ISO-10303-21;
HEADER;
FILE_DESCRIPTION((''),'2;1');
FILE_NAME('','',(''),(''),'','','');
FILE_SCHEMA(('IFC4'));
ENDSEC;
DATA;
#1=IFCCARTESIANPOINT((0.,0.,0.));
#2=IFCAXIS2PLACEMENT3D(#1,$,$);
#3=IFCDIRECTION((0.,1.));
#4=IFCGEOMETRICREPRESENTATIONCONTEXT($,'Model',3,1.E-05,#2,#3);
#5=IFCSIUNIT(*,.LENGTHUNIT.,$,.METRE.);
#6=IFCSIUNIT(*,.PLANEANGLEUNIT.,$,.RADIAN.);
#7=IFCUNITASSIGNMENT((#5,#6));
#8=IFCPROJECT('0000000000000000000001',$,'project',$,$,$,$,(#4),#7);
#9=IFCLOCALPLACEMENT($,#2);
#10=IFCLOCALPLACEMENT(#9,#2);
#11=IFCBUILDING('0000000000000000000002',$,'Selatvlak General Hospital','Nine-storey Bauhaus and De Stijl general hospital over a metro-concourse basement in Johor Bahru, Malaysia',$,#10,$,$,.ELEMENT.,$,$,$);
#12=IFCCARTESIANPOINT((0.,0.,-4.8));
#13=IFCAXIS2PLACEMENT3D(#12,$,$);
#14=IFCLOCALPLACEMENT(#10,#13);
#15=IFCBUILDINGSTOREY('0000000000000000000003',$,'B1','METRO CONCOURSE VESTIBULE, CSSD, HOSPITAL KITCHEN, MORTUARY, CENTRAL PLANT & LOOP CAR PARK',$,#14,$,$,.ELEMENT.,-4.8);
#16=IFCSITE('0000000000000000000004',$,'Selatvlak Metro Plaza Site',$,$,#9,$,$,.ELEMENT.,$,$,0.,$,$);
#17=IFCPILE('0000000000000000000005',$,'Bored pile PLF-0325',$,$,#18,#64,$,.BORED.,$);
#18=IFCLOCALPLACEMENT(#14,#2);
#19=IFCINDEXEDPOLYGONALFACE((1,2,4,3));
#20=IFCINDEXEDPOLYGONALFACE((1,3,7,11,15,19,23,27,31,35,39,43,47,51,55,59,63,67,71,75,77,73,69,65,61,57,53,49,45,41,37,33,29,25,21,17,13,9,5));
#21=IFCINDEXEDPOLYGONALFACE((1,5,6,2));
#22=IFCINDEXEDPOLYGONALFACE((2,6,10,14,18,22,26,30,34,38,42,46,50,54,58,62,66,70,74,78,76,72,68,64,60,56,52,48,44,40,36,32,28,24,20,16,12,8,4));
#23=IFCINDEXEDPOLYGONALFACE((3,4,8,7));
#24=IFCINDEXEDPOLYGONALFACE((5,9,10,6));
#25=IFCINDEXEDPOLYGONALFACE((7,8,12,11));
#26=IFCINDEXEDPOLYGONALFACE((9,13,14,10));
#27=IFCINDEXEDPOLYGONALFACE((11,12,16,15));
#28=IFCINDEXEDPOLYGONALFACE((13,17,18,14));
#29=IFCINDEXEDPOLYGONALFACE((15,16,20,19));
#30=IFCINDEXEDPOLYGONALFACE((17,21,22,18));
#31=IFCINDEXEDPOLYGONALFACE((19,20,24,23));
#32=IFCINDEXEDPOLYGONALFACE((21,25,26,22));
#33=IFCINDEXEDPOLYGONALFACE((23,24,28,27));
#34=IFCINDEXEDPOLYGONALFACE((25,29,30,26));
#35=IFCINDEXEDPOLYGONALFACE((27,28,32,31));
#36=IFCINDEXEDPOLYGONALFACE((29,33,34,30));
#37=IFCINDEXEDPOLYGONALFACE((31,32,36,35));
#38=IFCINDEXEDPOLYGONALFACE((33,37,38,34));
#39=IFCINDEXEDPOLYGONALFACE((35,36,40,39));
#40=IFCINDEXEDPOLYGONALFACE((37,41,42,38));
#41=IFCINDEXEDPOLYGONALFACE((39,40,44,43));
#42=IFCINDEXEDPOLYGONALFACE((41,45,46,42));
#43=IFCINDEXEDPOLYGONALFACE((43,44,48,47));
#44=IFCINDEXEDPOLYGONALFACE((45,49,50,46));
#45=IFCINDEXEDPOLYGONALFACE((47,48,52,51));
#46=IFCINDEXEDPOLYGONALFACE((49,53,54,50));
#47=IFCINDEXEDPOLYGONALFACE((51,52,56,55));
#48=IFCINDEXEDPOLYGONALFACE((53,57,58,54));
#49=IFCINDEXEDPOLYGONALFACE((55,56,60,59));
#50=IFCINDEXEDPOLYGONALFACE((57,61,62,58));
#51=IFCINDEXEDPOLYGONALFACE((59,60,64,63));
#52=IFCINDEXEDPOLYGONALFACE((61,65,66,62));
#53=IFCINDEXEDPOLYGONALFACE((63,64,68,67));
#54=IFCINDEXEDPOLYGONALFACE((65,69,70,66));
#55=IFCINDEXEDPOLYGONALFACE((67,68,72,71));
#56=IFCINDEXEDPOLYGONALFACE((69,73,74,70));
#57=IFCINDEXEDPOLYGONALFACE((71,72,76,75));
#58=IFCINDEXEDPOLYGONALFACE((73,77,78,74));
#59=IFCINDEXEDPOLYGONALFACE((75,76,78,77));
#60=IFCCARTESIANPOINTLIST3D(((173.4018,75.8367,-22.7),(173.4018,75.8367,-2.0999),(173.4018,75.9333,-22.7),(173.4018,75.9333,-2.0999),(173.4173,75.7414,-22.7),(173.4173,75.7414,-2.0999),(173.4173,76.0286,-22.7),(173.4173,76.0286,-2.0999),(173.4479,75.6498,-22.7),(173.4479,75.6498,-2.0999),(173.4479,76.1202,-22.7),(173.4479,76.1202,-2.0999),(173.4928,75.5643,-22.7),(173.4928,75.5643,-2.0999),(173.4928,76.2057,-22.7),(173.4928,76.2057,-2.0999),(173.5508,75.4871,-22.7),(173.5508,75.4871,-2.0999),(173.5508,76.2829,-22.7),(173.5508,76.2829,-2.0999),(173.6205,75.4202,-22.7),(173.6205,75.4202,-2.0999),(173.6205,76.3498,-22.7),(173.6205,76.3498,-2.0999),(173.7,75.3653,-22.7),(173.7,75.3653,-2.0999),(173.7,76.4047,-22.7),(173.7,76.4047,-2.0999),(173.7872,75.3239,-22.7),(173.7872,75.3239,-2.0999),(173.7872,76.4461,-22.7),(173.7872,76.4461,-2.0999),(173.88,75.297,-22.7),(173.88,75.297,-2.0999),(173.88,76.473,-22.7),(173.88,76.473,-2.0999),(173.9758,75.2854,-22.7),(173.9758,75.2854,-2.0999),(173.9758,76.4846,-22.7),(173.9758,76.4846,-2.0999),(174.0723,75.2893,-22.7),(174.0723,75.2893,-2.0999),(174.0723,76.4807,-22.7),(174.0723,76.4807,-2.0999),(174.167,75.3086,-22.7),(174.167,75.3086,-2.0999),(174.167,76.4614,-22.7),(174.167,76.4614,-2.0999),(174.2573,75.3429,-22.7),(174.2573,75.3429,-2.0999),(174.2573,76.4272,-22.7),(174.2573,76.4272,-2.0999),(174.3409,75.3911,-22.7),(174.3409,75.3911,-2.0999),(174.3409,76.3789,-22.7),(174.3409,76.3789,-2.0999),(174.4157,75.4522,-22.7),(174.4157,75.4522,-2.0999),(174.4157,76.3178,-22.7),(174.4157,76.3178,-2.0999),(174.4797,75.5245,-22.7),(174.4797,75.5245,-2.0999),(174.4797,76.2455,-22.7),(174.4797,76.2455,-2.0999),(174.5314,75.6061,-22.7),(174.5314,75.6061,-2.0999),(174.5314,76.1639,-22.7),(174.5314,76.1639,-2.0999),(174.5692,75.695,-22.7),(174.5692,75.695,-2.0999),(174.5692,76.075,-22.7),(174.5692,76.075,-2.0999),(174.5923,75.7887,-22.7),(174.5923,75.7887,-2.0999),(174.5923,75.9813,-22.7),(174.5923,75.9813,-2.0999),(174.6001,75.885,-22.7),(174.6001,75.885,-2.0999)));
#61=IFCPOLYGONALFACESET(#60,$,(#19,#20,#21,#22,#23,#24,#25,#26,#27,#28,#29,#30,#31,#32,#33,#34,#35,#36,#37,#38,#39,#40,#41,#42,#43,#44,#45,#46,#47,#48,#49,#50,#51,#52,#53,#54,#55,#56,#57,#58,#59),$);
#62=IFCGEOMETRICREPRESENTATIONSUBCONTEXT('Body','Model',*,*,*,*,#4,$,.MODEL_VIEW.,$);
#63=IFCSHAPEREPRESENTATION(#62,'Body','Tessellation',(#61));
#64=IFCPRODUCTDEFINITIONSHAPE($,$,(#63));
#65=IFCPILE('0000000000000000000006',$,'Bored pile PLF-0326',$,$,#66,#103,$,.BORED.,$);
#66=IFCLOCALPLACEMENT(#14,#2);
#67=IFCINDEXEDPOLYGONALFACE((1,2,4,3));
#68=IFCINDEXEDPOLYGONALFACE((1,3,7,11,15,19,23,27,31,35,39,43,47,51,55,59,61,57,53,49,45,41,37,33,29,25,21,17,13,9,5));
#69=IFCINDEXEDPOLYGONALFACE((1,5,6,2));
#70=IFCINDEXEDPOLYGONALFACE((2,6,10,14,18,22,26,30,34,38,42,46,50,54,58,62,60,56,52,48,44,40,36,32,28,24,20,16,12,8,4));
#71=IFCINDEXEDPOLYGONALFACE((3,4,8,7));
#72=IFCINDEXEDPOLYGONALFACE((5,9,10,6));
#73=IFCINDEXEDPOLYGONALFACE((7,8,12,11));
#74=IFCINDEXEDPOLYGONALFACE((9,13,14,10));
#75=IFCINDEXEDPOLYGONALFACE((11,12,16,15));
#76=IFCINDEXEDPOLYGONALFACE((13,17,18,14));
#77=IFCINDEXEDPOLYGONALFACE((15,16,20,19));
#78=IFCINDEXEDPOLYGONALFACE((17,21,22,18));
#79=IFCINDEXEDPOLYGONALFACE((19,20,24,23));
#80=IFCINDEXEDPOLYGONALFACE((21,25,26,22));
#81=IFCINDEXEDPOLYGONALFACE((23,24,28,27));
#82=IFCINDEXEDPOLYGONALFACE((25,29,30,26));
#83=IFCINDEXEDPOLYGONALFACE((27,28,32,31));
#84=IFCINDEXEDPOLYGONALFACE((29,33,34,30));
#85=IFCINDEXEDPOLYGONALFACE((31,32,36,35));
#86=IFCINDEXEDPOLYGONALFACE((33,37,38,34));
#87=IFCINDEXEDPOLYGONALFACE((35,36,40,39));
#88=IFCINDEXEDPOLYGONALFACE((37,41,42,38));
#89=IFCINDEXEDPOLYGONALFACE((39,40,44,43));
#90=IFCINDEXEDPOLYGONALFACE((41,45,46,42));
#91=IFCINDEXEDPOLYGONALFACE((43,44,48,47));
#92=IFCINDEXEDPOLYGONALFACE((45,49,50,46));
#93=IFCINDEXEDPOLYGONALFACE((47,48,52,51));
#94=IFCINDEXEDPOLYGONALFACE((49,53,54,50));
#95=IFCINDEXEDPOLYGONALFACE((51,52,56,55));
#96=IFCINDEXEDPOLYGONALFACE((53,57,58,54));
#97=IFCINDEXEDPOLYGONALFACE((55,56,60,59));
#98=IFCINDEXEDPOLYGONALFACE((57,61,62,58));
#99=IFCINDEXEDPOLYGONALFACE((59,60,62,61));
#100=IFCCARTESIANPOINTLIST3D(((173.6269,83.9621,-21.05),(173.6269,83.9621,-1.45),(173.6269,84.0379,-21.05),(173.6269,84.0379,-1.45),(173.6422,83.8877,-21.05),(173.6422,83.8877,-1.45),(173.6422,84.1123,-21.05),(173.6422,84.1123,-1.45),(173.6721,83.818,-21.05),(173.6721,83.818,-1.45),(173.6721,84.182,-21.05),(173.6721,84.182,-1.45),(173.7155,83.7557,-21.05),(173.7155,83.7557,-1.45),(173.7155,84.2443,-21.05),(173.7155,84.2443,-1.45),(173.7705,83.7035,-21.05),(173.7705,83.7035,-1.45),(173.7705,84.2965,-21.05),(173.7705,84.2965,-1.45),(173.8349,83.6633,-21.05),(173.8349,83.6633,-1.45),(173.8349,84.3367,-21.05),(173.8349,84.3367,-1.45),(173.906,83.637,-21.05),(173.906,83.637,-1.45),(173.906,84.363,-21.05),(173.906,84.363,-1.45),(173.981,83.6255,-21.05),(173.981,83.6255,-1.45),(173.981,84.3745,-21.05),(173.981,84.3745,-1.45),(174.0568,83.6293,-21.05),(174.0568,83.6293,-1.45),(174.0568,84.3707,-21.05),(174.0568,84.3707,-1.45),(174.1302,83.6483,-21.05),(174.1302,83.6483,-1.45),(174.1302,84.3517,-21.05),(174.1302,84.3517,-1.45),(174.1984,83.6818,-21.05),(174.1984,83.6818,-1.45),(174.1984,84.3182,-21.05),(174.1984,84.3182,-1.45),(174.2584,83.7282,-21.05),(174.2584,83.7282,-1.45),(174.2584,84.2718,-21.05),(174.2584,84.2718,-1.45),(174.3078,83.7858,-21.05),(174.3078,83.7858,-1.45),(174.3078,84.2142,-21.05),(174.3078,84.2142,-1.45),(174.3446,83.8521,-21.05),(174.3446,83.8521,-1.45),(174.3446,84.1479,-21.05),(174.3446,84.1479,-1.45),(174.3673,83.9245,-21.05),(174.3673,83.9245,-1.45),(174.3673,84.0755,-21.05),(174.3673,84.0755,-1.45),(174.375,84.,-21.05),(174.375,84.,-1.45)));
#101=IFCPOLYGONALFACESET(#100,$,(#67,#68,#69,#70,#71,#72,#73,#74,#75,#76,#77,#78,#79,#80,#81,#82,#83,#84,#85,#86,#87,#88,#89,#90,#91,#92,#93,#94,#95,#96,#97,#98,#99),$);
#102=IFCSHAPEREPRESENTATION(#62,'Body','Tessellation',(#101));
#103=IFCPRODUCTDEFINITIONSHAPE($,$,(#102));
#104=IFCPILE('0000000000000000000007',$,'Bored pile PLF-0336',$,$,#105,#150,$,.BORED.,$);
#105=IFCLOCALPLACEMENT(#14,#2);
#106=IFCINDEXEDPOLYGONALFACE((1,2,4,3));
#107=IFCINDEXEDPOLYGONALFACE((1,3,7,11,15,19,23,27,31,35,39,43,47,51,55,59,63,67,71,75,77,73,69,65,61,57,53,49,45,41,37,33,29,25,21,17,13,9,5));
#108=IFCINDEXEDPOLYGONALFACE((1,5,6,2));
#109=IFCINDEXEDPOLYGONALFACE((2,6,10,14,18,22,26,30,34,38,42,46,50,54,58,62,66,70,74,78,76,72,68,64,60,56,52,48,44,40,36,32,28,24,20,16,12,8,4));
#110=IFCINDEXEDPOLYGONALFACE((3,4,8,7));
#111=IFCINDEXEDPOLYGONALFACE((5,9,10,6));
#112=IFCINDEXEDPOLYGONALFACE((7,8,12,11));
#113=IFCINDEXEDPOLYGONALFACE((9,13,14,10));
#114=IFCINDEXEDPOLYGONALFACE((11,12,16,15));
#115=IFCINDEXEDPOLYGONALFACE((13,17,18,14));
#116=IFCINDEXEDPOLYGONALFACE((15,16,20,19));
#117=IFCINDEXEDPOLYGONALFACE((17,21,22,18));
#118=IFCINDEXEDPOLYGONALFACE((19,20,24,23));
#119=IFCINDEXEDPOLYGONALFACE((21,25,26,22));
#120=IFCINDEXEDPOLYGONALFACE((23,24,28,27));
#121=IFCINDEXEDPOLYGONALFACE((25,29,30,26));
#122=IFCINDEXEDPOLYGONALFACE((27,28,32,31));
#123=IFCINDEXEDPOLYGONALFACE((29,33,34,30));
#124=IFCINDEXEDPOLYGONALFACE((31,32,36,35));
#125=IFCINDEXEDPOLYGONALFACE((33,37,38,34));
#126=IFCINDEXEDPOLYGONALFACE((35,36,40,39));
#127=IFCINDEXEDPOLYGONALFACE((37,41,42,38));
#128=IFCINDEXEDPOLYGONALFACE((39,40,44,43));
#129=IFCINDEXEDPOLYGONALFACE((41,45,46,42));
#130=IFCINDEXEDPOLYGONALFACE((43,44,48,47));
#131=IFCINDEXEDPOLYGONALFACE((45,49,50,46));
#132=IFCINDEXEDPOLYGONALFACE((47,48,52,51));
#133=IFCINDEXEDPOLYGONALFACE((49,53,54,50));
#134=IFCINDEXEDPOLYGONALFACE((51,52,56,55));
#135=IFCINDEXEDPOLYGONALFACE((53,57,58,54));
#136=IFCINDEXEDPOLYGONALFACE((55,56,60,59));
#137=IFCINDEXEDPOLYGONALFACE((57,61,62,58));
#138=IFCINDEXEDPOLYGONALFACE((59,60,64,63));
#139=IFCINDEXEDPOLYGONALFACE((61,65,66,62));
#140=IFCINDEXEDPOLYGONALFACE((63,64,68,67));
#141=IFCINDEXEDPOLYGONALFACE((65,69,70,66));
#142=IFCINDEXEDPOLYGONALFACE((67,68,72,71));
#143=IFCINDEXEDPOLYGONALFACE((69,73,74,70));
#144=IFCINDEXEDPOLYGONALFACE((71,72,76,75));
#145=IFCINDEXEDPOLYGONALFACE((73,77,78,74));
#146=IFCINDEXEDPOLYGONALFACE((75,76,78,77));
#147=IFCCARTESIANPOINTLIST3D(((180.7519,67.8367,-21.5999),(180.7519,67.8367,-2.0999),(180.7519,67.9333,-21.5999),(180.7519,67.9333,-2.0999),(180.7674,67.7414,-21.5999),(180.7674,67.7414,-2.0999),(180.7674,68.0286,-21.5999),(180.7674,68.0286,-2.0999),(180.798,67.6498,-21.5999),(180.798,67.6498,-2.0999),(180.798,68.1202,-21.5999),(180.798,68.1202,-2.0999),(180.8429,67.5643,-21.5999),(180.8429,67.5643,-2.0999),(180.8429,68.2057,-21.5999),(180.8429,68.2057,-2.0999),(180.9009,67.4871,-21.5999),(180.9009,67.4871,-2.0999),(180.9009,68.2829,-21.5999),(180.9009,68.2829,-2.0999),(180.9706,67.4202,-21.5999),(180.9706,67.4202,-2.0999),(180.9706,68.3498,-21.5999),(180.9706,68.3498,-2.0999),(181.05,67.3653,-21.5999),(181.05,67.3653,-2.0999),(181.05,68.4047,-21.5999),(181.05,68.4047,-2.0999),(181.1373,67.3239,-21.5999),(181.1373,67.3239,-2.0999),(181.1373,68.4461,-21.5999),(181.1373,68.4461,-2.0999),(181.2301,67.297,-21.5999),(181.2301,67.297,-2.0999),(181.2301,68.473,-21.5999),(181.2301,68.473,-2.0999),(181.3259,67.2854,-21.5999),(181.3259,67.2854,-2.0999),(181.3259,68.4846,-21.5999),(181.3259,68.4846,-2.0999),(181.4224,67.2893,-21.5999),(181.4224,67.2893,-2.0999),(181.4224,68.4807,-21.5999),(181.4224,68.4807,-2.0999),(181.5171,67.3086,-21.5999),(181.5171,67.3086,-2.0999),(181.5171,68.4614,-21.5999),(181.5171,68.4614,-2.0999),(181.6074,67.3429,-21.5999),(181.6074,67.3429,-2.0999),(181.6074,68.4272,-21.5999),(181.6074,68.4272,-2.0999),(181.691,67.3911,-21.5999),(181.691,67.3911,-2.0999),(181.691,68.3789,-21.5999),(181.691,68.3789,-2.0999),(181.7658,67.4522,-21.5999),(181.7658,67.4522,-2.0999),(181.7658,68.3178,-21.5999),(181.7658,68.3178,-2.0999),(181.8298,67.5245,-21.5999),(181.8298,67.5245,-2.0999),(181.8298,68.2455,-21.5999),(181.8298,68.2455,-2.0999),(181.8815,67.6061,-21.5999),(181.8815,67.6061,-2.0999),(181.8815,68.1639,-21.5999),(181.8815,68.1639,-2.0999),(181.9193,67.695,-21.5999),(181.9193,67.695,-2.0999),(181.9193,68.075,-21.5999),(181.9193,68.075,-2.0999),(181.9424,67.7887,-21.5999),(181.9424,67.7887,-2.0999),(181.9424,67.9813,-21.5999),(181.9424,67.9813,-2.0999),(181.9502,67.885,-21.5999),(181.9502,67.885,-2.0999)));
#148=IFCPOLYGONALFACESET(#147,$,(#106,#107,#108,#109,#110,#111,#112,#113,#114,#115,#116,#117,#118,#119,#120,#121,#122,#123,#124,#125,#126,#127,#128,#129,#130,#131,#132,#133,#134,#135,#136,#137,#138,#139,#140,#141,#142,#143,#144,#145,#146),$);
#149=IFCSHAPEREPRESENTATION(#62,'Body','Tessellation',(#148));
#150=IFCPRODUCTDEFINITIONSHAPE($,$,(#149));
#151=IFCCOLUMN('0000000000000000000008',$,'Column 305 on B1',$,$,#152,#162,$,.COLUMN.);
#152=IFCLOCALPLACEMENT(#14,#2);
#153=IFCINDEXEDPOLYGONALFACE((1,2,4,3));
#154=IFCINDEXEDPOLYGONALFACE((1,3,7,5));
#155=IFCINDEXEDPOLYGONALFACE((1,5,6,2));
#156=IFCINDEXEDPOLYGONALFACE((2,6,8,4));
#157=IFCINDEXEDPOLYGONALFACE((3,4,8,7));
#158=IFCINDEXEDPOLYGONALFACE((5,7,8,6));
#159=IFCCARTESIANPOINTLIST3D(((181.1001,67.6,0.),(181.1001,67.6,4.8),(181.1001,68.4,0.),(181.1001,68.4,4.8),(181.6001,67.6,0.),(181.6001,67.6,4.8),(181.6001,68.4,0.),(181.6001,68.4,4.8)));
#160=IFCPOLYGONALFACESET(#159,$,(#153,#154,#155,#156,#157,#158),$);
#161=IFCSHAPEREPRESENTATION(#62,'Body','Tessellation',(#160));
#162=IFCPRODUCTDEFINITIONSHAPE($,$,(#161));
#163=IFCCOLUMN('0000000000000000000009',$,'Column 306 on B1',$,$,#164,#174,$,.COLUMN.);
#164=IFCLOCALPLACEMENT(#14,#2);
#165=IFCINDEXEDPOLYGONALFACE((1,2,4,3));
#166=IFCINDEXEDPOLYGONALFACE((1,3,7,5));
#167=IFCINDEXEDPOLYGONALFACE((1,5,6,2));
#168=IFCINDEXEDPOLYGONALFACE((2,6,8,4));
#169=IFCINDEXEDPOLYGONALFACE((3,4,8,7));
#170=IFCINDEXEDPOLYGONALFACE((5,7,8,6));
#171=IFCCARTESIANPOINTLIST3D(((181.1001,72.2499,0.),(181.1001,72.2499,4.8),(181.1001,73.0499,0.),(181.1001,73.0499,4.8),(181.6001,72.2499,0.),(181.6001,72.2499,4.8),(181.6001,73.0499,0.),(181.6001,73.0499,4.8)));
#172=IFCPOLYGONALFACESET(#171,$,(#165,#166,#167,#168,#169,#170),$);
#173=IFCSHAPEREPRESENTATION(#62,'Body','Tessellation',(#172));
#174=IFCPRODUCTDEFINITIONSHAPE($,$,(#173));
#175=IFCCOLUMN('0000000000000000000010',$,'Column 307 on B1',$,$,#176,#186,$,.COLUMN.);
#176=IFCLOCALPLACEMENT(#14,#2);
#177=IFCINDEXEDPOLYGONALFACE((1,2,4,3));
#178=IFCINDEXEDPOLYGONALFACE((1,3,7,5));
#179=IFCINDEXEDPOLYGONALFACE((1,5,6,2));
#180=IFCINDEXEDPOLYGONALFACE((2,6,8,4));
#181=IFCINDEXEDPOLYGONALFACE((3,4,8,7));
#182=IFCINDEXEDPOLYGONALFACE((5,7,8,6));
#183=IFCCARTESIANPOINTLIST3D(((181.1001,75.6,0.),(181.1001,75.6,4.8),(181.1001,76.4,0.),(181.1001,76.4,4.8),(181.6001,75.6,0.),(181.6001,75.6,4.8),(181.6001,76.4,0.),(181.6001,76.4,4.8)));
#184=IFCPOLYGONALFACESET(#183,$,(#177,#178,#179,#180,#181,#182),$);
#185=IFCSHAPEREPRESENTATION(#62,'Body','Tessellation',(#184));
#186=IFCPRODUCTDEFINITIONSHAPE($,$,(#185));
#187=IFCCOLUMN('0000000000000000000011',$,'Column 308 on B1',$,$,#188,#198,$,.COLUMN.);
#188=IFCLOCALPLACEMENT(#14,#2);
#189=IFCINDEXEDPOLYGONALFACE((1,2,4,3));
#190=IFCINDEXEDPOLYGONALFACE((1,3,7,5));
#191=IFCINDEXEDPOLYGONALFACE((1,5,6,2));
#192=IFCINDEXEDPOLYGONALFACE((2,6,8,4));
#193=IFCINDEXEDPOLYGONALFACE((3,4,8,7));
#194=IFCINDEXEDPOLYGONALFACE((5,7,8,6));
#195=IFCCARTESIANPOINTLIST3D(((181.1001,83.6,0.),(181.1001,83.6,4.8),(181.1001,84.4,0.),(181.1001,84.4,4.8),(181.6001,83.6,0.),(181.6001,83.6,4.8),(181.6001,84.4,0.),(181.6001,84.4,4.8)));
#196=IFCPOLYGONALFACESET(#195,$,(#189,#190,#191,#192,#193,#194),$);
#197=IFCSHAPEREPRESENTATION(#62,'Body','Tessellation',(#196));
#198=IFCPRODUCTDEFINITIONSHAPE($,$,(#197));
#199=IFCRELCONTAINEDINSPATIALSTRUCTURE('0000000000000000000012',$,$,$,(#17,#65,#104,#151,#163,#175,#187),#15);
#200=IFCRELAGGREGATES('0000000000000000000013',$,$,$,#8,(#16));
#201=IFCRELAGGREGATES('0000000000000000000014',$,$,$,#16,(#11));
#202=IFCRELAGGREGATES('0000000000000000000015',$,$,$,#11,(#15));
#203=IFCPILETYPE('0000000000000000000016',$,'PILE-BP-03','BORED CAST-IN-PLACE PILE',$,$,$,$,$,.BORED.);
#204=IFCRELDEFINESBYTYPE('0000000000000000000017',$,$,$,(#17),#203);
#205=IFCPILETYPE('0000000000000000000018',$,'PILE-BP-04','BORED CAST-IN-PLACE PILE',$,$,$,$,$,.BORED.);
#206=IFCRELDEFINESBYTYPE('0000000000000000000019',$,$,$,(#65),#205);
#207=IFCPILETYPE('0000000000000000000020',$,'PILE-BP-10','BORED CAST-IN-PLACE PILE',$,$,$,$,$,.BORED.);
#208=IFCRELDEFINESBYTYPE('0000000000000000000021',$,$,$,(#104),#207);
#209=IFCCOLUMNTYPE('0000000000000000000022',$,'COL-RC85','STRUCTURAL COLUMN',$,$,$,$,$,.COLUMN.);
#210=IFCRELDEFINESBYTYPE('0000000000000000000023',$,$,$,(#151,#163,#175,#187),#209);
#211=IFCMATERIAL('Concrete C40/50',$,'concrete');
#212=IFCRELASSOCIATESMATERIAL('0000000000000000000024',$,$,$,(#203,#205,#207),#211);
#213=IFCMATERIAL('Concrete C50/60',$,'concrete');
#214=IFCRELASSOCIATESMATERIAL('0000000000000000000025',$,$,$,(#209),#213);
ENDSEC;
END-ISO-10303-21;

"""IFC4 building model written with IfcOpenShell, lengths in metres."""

from ifc_helpers import new_model, si_unit, direction, frame, origin, origin_2d, place, context, subcontext, project, spatial, rectangle, circle, extrude, material, material_profile, profile_set, type_object, element, save


model = new_model("IFC4")

# Units and contexts
model_context = context("Model", 3, precision=1e-05, world=origin(), true_north=direction((0.0, 1.0)))
body_context = subcontext(model_context, "Body", "Model", "MODEL_VIEW")
ifc_project = project(units=[si_unit("LENGTHUNIT", "METRE"), si_unit("PLANEANGLEUNIT", "RADIAN")], contexts=[model_context])

# Site, building, storey
site_placement = place(None, origin())
site = spatial("IfcSite", under=ifc_project, at=site_placement, Name="Selatvlak Metro Plaza Site", CompositionType="ELEMENT", RefElevation=0.0)
building_placement = place(site_placement, origin())
building = spatial("IfcBuilding", under=site, at=building_placement, Name="Selatvlak General Hospital", Description="Nine-storey Bauhaus and De Stijl general hospital over a metro-concourse basement in Johor Bahru, Malaysia", CompositionType="ELEMENT")
storey_placement = place(building_placement, frame((0.0, 0.0, -4.8)))
storey = spatial("IfcBuildingStorey", under=building, at=storey_placement, Name="B1", Description="METRO CONCOURSE VESTIBULE, CSSD, HOSPITAL KITCHEN, MORTUARY, CENTRAL PLANT & LOOP CAR PARK", CompositionType="ELEMENT", Elevation=-4.8)

# Shared definitions
ifc_material_1 = material(Name="Concrete C40/50", Category="concrete")

# Piles
ifc_material_profile_1 = material_profile(ifc_material_1, circle(Radius=0.6001, at=origin_2d()), Name="BORED PILE 1200")
ifc_profile_set_1 = profile_set([ifc_material_profile_1], Name="Concrete C40/50")
pile_type_1 = type_object("IfcPileType", Name="PILE-BP-03", Description="BORED CAST-IN-PLACE PILE", PredefinedType="BORED", material=ifc_profile_set_1)
for number, where, z_axis, x_axis, name in (
    (1, (174.0, 75.885, -2.0999), (0.0, 0.0, -1.0), (1.0, 0.0, 0.0), "Bored pile PLF-0325"),
):
    element("IfcPile", number, at=place(storey_placement, frame(where, z_axis=z_axis, x_axis=x_axis)), inside=storey, type_object=pile_type_1, Name=name, PredefinedType="BORED", context=body_context, shape_type="SweptSolid", body=[
        extrude(circle(Radius=0.6001, at=origin_2d()), origin(), (0.0, 0.0, 1.0), 20.6001),
    ])
ifc_material_profile_2 = material_profile(ifc_material_1, circle(Radius=0.375, at=origin_2d()), Name="BORED PILE 750")
ifc_profile_set_2 = profile_set([ifc_material_profile_2], Name="Concrete C40/50")
pile_type_2 = type_object("IfcPileType", Name="PILE-BP-04", Description="BORED CAST-IN-PLACE PILE", PredefinedType="BORED", material=ifc_profile_set_2)
pile_1_placement = place(storey_placement, frame((174.0, 84.0, -1.45), z_axis=(0.0, 0.0, -1.0), x_axis=(1.0, 0.0, 0.0)))
element("IfcPile", 2, at=pile_1_placement, inside=storey, type_object=pile_type_2, Name="Bored pile PLF-0326", PredefinedType="BORED", context=body_context, shape_type="SweptSolid", body=[
    extrude(circle(Radius=0.375, at=origin_2d()), origin(), (0.0, 0.0, 1.0), 19.6001),
])
ifc_material_profile_3 = material_profile(ifc_material_1, circle(Radius=0.6001, at=origin_2d()), Name="BORED PILE 1200")
ifc_profile_set_3 = profile_set([ifc_material_profile_3], Name="Concrete C40/50")
pile_type_3 = type_object("IfcPileType", Name="PILE-BP-10", Description="BORED CAST-IN-PLACE PILE", PredefinedType="BORED", material=ifc_profile_set_3)
pile_2_placement = place(storey_placement, frame((181.3501, 67.885, -2.0999), z_axis=(0.0, 0.0, -1.0), x_axis=(1.0, 0.0, 0.0)))
element("IfcPile", 3, at=pile_2_placement, inside=storey, type_object=pile_type_3, Name="Bored pile PLF-0336", PredefinedType="BORED", context=body_context, shape_type="SweptSolid", body=[
    extrude(circle(Radius=0.6001, at=origin_2d()), origin(), (0.0, 0.0, 1.0), 19.5),
])

# Columns
ifc_material_2 = material(Name="Concrete C50/60", Category="concrete")
ifc_material_profile_4 = material_profile(ifc_material_2, rectangle(XDim=0.5, YDim=0.8, at=origin_2d()), Name="RC-COL 800x500")
ifc_profile_set_4 = profile_set([ifc_material_profile_4], Name="Concrete C50/60")
column_type_1 = type_object("IfcColumnType", Name="COL-RC85", Description="STRUCTURAL COLUMN", PredefinedType="COLUMN", material=ifc_profile_set_4)
for number, where, z_axis, x_axis, name in (
    (4, (181.3501, 68.0, 0.0), (0.0, 0.0, 1.0), (1.0, 0.0, 0.0), "Column 305 on B1"),
    (5, (181.3501, 72.6499, 0.0), (0.0, 0.0, 1.0), (1.0, 0.0, 0.0), "Column 306 on B1"),
    (6, (181.3501, 76.0, 0.0), (0.0, 0.0, 1.0), (1.0, 0.0, 0.0), "Column 307 on B1"),
    (7, (181.3501, 84.0, 0.0), (0.0, 0.0, 1.0), (1.0, 0.0, 0.0), "Column 308 on B1"),
):
    element("IfcColumn", number, at=place(storey_placement, frame(where, z_axis=z_axis, x_axis=x_axis)), inside=storey, type_object=column_type_1, Name=name, PredefinedType="COLUMN", context=body_context, shape_type="SweptSolid", body=[
        extrude(rectangle(XDim=0.5, YDim=0.8, at=origin_2d()), origin(), (0.0, 0.0, 1.0), 4.8),
    ])

save(model, "model.ifc")
